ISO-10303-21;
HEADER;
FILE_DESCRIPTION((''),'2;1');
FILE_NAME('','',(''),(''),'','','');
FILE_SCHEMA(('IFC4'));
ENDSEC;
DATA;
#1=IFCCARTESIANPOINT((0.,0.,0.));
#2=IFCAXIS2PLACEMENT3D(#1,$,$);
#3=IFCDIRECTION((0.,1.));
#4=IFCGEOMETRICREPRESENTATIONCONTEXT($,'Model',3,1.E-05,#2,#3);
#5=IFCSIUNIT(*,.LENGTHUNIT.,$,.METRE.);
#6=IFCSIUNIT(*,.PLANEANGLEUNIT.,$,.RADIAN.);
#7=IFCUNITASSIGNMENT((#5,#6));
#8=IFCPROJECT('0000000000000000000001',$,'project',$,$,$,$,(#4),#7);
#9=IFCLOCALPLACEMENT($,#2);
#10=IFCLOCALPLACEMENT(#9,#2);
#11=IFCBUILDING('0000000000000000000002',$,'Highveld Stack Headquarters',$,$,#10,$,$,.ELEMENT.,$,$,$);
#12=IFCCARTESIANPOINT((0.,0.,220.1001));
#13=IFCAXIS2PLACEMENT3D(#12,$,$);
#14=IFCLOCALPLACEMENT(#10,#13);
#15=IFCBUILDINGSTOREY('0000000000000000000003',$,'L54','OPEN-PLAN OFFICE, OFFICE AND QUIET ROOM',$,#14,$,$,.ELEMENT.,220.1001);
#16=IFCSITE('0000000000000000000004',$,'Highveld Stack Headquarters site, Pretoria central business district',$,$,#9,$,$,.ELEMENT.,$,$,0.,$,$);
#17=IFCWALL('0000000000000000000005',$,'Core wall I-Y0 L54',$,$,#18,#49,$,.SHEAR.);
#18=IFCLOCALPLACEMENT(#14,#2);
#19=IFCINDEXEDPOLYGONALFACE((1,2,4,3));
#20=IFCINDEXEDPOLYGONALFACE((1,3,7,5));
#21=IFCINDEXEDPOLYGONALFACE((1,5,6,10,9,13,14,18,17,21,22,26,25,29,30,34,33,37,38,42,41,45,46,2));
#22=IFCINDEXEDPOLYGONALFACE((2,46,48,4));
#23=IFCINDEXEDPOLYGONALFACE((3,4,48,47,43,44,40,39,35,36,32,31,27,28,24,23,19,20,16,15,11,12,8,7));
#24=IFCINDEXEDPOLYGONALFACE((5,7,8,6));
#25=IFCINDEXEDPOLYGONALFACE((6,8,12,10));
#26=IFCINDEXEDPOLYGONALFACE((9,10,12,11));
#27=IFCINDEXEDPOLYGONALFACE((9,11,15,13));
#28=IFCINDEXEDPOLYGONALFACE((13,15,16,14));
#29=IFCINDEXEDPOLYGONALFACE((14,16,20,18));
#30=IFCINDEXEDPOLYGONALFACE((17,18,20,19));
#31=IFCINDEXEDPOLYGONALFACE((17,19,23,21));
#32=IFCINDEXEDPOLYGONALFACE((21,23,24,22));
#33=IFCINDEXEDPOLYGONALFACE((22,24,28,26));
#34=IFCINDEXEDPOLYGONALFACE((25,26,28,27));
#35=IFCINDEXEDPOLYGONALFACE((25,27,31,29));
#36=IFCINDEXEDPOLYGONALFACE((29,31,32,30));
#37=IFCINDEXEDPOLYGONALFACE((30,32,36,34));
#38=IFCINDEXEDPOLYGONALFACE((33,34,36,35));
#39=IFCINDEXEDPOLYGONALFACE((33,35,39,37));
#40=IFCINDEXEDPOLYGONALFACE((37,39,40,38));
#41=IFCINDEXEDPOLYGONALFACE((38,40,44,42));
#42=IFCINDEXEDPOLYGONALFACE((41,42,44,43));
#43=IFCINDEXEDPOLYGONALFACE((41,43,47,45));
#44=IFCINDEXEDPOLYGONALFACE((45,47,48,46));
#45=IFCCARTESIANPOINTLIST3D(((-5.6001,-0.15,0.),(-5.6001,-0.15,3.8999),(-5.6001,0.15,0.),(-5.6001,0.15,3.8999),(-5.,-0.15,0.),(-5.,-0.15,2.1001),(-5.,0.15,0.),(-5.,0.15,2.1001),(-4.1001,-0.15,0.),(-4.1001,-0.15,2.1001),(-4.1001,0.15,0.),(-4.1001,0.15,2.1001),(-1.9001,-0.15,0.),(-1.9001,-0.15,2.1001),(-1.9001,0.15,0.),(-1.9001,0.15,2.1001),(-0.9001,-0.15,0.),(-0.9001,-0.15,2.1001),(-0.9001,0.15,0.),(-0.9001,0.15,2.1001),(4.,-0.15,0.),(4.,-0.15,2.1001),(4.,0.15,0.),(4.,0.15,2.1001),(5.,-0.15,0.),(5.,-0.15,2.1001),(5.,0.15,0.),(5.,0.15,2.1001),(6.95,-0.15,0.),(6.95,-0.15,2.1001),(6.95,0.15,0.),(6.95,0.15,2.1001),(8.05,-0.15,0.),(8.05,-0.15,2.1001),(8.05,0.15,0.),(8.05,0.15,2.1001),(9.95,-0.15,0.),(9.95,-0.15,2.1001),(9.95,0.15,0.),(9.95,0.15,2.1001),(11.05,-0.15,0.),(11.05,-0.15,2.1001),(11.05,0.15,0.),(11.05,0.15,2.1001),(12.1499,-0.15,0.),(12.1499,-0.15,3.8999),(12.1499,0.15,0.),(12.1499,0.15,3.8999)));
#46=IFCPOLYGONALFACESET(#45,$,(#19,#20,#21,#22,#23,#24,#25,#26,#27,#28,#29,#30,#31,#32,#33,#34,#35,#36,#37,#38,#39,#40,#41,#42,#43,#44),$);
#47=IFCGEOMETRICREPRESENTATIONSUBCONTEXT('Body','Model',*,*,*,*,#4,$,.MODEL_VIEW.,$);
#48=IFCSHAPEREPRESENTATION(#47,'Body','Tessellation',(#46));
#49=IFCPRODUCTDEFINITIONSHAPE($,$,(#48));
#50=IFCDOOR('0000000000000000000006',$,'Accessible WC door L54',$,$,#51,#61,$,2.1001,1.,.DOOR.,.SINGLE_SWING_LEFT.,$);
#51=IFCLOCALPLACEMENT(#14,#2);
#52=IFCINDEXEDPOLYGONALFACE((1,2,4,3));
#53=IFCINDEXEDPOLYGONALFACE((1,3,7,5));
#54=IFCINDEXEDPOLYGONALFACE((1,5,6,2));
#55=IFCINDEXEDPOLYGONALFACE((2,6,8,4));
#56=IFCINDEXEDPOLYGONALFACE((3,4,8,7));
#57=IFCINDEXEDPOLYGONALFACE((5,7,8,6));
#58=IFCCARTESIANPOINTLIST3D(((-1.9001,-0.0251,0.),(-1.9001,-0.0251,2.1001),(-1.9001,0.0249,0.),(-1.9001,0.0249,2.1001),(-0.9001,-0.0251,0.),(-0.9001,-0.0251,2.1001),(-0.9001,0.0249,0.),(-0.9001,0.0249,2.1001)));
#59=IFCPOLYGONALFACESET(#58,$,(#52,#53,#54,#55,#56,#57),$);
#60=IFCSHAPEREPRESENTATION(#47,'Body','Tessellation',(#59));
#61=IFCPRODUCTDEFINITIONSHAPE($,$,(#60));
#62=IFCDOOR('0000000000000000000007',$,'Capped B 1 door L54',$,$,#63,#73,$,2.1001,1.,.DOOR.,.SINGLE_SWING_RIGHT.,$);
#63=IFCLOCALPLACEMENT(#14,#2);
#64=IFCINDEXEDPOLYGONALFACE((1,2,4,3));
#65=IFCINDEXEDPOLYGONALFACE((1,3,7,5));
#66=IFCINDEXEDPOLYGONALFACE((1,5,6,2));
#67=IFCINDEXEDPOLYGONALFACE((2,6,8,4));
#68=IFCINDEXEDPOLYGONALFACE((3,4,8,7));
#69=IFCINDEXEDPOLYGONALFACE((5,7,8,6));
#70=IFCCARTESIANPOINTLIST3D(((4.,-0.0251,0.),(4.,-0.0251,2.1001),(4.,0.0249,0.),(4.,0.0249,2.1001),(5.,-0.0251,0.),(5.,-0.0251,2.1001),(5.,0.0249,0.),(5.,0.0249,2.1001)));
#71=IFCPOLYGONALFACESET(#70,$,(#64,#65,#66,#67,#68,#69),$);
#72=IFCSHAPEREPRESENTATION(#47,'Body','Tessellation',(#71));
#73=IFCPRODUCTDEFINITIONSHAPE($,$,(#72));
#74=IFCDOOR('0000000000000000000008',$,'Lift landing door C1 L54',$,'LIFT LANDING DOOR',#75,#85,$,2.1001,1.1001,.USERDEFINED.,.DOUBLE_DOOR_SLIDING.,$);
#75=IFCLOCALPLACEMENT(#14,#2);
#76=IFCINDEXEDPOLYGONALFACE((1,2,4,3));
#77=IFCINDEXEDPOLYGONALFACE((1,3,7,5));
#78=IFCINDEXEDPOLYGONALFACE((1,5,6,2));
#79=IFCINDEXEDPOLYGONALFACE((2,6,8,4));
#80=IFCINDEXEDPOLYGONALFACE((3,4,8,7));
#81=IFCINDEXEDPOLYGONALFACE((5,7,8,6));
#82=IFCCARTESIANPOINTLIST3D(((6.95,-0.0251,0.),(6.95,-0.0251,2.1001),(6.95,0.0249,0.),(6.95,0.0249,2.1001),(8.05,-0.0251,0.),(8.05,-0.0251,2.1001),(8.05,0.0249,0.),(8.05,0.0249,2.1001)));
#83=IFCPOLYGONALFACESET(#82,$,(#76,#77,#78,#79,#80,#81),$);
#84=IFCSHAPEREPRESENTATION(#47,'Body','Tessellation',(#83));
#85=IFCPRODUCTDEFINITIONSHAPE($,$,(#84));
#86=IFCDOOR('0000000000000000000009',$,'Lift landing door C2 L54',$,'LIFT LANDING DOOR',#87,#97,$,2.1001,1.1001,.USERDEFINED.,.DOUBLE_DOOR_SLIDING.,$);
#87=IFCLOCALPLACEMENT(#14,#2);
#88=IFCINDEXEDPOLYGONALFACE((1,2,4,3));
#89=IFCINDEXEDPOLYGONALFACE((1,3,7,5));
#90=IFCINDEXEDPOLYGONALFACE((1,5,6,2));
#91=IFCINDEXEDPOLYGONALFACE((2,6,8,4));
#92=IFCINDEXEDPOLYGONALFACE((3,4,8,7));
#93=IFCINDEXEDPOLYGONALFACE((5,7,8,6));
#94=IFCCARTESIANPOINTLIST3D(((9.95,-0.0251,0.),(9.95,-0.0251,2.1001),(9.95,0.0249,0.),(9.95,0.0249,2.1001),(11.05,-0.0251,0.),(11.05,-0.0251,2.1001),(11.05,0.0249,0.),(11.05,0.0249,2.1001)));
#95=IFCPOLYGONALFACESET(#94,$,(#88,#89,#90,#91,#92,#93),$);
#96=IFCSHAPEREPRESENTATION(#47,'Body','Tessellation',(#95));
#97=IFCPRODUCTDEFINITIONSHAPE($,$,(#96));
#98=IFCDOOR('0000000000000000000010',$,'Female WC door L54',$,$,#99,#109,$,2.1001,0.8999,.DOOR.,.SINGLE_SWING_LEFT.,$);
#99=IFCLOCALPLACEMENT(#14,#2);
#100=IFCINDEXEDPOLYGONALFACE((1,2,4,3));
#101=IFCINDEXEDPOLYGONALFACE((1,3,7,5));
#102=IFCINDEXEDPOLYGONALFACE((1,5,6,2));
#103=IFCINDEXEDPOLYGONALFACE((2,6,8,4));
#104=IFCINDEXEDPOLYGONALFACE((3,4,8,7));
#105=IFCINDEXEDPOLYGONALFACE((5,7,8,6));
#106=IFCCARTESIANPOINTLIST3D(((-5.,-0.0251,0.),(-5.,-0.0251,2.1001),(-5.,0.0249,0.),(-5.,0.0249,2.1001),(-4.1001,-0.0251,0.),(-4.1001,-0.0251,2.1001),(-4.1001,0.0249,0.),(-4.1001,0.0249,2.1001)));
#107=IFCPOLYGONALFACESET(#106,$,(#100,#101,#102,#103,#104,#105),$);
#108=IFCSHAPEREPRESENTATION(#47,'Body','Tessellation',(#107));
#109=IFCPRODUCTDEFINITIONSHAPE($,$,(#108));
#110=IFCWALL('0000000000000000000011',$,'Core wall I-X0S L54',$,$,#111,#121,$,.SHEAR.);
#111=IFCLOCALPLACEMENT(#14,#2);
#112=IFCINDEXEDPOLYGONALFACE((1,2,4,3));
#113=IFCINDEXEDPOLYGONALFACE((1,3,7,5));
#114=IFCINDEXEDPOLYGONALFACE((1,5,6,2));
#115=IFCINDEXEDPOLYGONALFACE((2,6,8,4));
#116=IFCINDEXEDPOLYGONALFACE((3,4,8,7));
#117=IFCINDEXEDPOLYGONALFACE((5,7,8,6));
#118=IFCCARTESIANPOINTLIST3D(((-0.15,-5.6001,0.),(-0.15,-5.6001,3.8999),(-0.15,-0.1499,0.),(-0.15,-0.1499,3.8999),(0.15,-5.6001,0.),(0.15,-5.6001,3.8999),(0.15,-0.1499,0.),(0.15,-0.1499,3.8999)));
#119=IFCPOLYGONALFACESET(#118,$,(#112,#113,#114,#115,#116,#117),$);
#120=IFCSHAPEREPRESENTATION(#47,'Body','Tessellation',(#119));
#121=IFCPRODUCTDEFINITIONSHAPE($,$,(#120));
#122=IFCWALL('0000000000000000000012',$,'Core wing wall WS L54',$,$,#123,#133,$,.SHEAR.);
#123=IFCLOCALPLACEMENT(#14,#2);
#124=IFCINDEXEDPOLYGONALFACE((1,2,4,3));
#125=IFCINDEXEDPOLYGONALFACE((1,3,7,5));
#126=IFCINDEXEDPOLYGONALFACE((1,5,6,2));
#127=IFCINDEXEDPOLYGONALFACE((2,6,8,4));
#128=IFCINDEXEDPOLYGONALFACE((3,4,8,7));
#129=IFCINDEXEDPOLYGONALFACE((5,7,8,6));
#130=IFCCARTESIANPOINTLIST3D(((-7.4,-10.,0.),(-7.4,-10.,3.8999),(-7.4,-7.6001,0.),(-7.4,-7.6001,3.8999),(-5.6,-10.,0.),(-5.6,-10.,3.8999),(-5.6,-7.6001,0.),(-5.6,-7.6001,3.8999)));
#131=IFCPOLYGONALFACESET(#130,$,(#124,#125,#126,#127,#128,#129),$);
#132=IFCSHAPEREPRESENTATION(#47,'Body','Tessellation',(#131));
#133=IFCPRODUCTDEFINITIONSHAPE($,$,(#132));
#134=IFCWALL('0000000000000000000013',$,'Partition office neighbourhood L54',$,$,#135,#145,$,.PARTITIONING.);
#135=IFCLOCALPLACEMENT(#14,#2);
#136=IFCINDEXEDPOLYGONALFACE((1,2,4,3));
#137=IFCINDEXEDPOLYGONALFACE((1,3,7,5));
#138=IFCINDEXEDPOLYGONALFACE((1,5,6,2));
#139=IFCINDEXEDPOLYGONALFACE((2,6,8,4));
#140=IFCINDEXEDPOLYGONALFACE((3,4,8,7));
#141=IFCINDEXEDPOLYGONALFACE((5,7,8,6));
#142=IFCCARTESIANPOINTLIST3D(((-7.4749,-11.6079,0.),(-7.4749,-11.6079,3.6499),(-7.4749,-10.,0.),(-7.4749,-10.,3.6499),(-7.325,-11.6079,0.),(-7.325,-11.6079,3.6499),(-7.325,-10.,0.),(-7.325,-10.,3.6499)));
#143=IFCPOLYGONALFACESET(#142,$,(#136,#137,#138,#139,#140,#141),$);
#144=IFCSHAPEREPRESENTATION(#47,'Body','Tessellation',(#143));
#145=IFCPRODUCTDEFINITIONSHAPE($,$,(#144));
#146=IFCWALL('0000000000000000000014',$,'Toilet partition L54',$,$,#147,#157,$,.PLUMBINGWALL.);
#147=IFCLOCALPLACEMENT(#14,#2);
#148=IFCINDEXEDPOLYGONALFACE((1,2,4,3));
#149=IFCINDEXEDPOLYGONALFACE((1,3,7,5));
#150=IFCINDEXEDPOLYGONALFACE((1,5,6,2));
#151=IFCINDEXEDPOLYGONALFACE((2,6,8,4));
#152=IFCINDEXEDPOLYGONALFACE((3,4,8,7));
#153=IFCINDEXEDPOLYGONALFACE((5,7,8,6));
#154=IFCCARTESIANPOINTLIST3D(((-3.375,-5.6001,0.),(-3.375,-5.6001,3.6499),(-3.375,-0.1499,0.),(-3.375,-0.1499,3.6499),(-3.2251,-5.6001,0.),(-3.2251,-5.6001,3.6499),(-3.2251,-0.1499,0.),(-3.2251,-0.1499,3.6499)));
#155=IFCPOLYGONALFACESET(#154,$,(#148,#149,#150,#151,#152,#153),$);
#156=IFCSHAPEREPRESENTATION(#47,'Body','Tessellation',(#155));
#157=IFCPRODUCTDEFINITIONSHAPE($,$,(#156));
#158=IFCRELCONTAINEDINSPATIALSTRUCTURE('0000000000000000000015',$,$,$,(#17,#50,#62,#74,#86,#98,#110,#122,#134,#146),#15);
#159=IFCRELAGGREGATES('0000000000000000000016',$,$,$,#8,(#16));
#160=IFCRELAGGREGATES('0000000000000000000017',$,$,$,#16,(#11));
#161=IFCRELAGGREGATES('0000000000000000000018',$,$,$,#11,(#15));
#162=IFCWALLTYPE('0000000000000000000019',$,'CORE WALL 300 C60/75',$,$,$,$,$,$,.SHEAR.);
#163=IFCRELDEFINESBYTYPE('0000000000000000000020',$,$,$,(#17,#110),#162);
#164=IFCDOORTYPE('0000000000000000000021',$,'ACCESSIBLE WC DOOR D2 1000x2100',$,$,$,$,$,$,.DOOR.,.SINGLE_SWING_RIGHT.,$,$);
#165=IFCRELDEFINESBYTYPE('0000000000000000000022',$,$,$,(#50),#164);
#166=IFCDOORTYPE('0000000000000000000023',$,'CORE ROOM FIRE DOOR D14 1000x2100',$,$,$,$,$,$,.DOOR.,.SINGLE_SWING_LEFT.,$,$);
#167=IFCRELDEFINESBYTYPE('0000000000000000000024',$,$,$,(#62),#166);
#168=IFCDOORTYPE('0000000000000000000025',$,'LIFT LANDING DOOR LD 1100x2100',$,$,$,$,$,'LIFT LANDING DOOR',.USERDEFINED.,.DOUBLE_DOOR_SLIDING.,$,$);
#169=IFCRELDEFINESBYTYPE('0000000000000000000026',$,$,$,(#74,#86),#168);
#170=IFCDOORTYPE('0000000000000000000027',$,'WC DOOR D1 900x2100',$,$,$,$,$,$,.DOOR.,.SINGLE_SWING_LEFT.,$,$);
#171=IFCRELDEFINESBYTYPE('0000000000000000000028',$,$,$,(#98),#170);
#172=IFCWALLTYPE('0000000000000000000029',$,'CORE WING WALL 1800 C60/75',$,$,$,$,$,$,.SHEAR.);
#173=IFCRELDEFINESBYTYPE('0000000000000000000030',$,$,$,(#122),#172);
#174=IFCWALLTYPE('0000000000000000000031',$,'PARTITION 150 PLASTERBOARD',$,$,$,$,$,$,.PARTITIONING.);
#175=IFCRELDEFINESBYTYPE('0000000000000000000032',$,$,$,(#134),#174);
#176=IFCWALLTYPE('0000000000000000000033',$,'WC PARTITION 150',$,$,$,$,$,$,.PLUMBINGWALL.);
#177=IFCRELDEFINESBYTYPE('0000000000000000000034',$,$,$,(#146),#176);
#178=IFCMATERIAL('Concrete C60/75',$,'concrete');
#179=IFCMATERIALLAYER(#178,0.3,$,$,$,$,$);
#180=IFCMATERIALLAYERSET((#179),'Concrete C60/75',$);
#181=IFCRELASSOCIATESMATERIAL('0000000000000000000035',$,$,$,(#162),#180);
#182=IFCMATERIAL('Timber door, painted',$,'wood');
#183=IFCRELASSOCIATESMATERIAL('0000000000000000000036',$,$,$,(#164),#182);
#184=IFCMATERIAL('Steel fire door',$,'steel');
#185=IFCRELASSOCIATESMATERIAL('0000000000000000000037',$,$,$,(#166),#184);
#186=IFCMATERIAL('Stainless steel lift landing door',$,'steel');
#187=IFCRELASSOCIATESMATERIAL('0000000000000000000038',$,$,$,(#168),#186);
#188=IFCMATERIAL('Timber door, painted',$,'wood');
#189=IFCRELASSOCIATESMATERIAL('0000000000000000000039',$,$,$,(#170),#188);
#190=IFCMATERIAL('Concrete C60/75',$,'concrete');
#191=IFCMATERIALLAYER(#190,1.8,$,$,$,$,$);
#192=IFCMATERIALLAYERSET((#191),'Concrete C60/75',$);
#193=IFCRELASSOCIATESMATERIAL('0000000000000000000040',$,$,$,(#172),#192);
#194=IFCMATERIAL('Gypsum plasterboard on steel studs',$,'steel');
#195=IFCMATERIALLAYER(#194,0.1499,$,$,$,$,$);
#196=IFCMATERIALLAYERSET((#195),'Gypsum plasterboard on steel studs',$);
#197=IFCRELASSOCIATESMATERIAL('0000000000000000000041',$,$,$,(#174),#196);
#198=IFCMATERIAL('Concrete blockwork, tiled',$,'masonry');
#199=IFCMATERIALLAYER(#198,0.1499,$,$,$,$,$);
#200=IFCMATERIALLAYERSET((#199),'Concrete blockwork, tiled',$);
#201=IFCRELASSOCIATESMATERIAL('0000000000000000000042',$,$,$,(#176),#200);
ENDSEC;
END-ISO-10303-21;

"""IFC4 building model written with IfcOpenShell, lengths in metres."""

from ifc_helpers import new_model, si_unit, direction, frame, frame_2d, origin, place, context, subcontext, project, spatial, rectangle, extrude, material, layer, layer_set, type_object, element, fill, save


model = new_model("IFC4")

# Units and contexts
model_context = context("Model", 3, precision=1e-05, world=origin(), true_north=direction((0.0, 1.0)))
body_context = subcontext(model_context, "Body", "Model", "MODEL_VIEW")
ifc_project = project(units=[si_unit("LENGTHUNIT", "METRE"), si_unit("PLANEANGLEUNIT", "RADIAN")], contexts=[model_context])

# Site, building, storey
site_placement = place(None, origin())
site = spatial("IfcSite", under=ifc_project, at=site_placement, Name="Highveld Stack Headquarters site, Pretoria central business district", CompositionType="ELEMENT", RefElevation=0.0)
building_placement = place(site_placement, origin())
building = spatial("IfcBuilding", under=site, at=building_placement, Name="Highveld Stack Headquarters", CompositionType="ELEMENT")
storey_placement = place(building_placement, frame((0.0, 0.0, 220.1001)))
storey = spatial("IfcBuildingStorey", under=building, at=storey_placement, Name="L54", Description="OPEN-PLAN OFFICE, OFFICE AND QUIET ROOM", CompositionType="ELEMENT", Elevation=220.1001)

# Wall, openings, doors
ifc_material_1 = material(Name="Concrete C60/75", Category="concrete")
ifc_layer_1 = layer(ifc_material_1, 0.3)
ifc_layer_set_1 = layer_set([ifc_layer_1], Name="Concrete C60/75")
wall_type_1 = type_object("IfcWallType", Name="CORE WALL 300 C60/75", PredefinedType="SHEAR", material=ifc_layer_set_1)
wall_1_placement = place(storey_placement, frame((-5.6001, 0.0, 0.0), z_axis=(0.0, 0.0, 1.0), x_axis=(1.0, 0.0, 0.0)))
wall_1 = element("IfcWall", 1, at=wall_1_placement, inside=storey, type_object=wall_type_1, Name="Core wall I-Y0 L54", PredefinedType="SHEAR", context=body_context, shape_type="SweptSolid", body=[
    extrude(rectangle(XDim=17.75, YDim=0.3, at=frame_2d((8.875, 0.0))), origin(), (0.0, 0.0, 1.0), 3.8999),
])
opening_1_placement = place(wall_1_placement, frame((0.6001, 0.0, 0.0)))
opening_1 = element("IfcOpeningElement", 2, at=opening_1_placement, cuts=wall_1, PredefinedType="OPENING", context=body_context, shape_type="SweptSolid", body=[
    extrude(rectangle(XDim=0.8999, YDim=2.1001, at=frame_2d((0.45, 1.05))), frame((0.0, 0.1599, 0.0), z_axis=(0.0, -1.0, 0.0), x_axis=(1.0, 0.0, 0.0)), (0.0, 0.0, 1.0), 0.3201),
])
opening_2_placement = place(wall_1_placement, frame((3.7, 0.0, 0.0)))
opening_2 = element("IfcOpeningElement", 3, at=opening_2_placement, cuts=wall_1, PredefinedType="OPENING", context=body_context, shape_type="SweptSolid", body=[
    extrude(rectangle(XDim=1.0, YDim=2.1001, at=frame_2d((0.5, 1.05))), frame((0.0, 0.1599, 0.0), z_axis=(0.0, -1.0, 0.0), x_axis=(1.0, 0.0, 0.0)), (0.0, 0.0, 1.0), 0.3201),
])
opening_3_placement = place(wall_1_placement, frame((9.6001, 0.0, 0.0)))
opening_3 = element("IfcOpeningElement", 4, at=opening_3_placement, cuts=wall_1, PredefinedType="OPENING", context=body_context, shape_type="SweptSolid", body=[
    extrude(rectangle(XDim=1.0, YDim=2.1001, at=frame_2d((0.5, 1.05))), frame((0.0, 0.1599, 0.0), z_axis=(0.0, -1.0, 0.0), x_axis=(1.0, 0.0, 0.0)), (0.0, 0.0, 1.0), 0.3201),
])
opening_4_placement = place(wall_1_placement, frame((12.55, 0.0, 0.0)))
opening_4 = element("IfcOpeningElement", 5, at=opening_4_placement, cuts=wall_1, PredefinedType="OPENING", context=body_context, shape_type="SweptSolid", body=[
    extrude(rectangle(XDim=1.1001, YDim=2.1001, at=frame_2d((0.55, 1.05))), frame((0.0, 0.1599, 0.0), z_axis=(0.0, -1.0, 0.0), x_axis=(1.0, 0.0, 0.0)), (0.0, 0.0, 1.0), 0.3201),
])
opening_5_placement = place(wall_1_placement, frame((15.55, 0.0, 0.0)))
opening_5 = element("IfcOpeningElement", 6, at=opening_5_placement, cuts=wall_1, PredefinedType="OPENING", context=body_context, shape_type="SweptSolid", body=[
    extrude(rectangle(XDim=1.1001, YDim=2.1001, at=frame_2d((0.55, 1.05))), frame((0.0, 0.1599, 0.0), z_axis=(0.0, -1.0, 0.0), x_axis=(1.0, 0.0, 0.0)), (0.0, 0.0, 1.0), 0.3201),
])
ifc_material_2 = material(Name="Timber door, painted", Category="wood")
door_type_1 = type_object("IfcDoorType", Name="ACCESSIBLE WC DOOR D2 1000x2100", OperationType="SINGLE_SWING_RIGHT", PredefinedType="DOOR", material=ifc_material_2)
door_1_placement = place(opening_2_placement, origin())
door_1 = element("IfcDoor", 7, at=door_1_placement, inside=storey, type_object=door_type_1, Name="Accessible WC door L54", OperationType="SINGLE_SWING_LEFT", OverallHeight=2.1001, OverallWidth=1.0, PredefinedType="DOOR", context=body_context, shape_type="SweptSolid", body=[
    extrude(rectangle(XDim=1.0, YDim=2.1001, at=frame_2d((0.5, 1.05))), frame((0.0, 0.0249, 0.0), z_axis=(0.0, -1.0, 0.0), x_axis=(1.0, 0.0, 0.0)), (0.0, 0.0, 1.0), 0.05),
])
fill(opening_2, door_1)
ifc_material_3 = material(Name="Steel fire door", Category="steel")
door_type_2 = type_object("IfcDoorType", Name="CORE ROOM FIRE DOOR D14 1000x2100", OperationType="SINGLE_SWING_LEFT", PredefinedType="DOOR", material=ifc_material_3)
door_2_placement = place(opening_3_placement, origin())
door_2 = element("IfcDoor", 8, at=door_2_placement, inside=storey, type_object=door_type_2, Name="Capped B 1 door L54", OperationType="SINGLE_SWING_RIGHT", OverallHeight=2.1001, OverallWidth=1.0, PredefinedType="DOOR", context=body_context, shape_type="SweptSolid", body=[
    extrude(rectangle(XDim=1.0, YDim=2.1001, at=frame_2d((0.5, 1.05))), frame((0.0, 0.0249, 0.0), z_axis=(0.0, -1.0, 0.0), x_axis=(1.0, 0.0, 0.0)), (0.0, 0.0, 1.0), 0.05),
])
fill(opening_3, door_2)
ifc_material_4 = material(Name="Stainless steel lift landing door", Category="steel")
door_type_3 = type_object("IfcDoorType", Name="LIFT LANDING DOOR LD 1100x2100", ElementType="LIFT LANDING DOOR", OperationType="DOUBLE_DOOR_SLIDING", PredefinedType="USERDEFINED", material=ifc_material_4)
door_3_placement = place(opening_4_placement, origin())
door_3 = element("IfcDoor", 9, at=door_3_placement, inside=storey, type_object=door_type_3, Name="Lift landing door C1 L54", ObjectType="LIFT LANDING DOOR", OperationType="DOUBLE_DOOR_SLIDING", OverallHeight=2.1001, OverallWidth=1.1001, PredefinedType="USERDEFINED", context=body_context, shape_type="SweptSolid", body=[
    extrude(rectangle(XDim=1.1001, YDim=2.1001, at=frame_2d((0.55, 1.05))), frame((0.0, 0.0249, 0.0), z_axis=(0.0, -1.0, 0.0), x_axis=(1.0, 0.0, 0.0)), (0.0, 0.0, 1.0), 0.05),
])
fill(opening_4, door_3)
door_4_placement = place(opening_5_placement, origin())
door_4 = element("IfcDoor", 10, at=door_4_placement, inside=storey, type_object=door_type_3, Name="Lift landing door C2 L54", ObjectType="LIFT LANDING DOOR", OperationType="DOUBLE_DOOR_SLIDING", OverallHeight=2.1001, OverallWidth=1.1001, PredefinedType="USERDEFINED", context=body_context, shape_type="SweptSolid", body=[
    extrude(rectangle(XDim=1.1001, YDim=2.1001, at=frame_2d((0.55, 1.05))), frame((0.0, 0.0249, 0.0), z_axis=(0.0, -1.0, 0.0), x_axis=(1.0, 0.0, 0.0)), (0.0, 0.0, 1.0), 0.05),
])
fill(opening_5, door_4)
ifc_material_5 = material(Name="Timber door, painted", Category="wood")
door_type_4 = type_object("IfcDoorType", Name="WC DOOR D1 900x2100", OperationType="SINGLE_SWING_LEFT", PredefinedType="DOOR", material=ifc_material_5)
door_5_placement = place(opening_1_placement, origin())
door_5 = element("IfcDoor", 11, at=door_5_placement, inside=storey, type_object=door_type_4, Name="Female WC door L54", OperationType="SINGLE_SWING_LEFT", OverallHeight=2.1001, OverallWidth=0.8999, PredefinedType="DOOR", context=body_context, shape_type="SweptSolid", body=[
    extrude(rectangle(XDim=0.8999, YDim=2.1001, at=frame_2d((0.45, 1.05))), frame((0.0, 0.0249, 0.0), z_axis=(0.0, -1.0, 0.0), x_axis=(1.0, 0.0, 0.0)), (0.0, 0.0, 1.0), 0.05),
])
fill(opening_1, door_5)

# Walls
wall_2_placement = place(storey_placement, frame((0.0, -5.6001, 0.0), z_axis=(0.0, 0.0, 1.0), x_axis=(0.0, 1.0, 0.0)))
element("IfcWall", 12, at=wall_2_placement, inside=storey, type_object=wall_type_1, Name="Core wall I-X0S L54", PredefinedType="SHEAR", context=body_context, shape_type="SweptSolid", body=[
    extrude(rectangle(XDim=5.4502, YDim=0.3, at=frame_2d((2.7251, 0.0))), origin(), (0.0, 0.0, 1.0), 3.8999),
])
ifc_material_6 = material(Name="Concrete C60/75", Category="concrete")
ifc_layer_2 = layer(ifc_material_6, 1.8)
ifc_layer_set_2 = layer_set([ifc_layer_2], Name="Concrete C60/75")
wall_type_2 = type_object("IfcWallType", Name="CORE WING WALL 1800 C60/75", PredefinedType="SHEAR", material=ifc_layer_set_2)
wall_3_placement = place(storey_placement, frame((-6.5, -10.0, 0.0), z_axis=(0.0, 0.0, 1.0), x_axis=(0.0, 1.0, 0.0)))
element("IfcWall", 13, at=wall_3_placement, inside=storey, type_object=wall_type_2, Name="Core wing wall WS L54", PredefinedType="SHEAR", context=body_context, shape_type="SweptSolid", body=[
    extrude(rectangle(XDim=2.3999, YDim=1.8, at=frame_2d((1.2, 0.0))), origin(), (0.0, 0.0, 1.0), 3.8999),
])
ifc_material_7 = material(Name="Gypsum plasterboard on steel studs", Category="steel")
ifc_layer_3 = layer(ifc_material_7, 0.1499)
ifc_layer_set_3 = layer_set([ifc_layer_3], Name="Gypsum plasterboard on steel studs")
wall_type_3 = type_object("IfcWallType", Name="PARTITION 150 PLASTERBOARD", PredefinedType="PARTITIONING", material=ifc_layer_set_3)
wall_4_placement = place(storey_placement, frame((-7.3999, -11.6079, 0.0), z_axis=(0.0, 0.0, 1.0), x_axis=(0.0, 1.0, 0.0)))
element("IfcWall", 14, at=wall_4_placement, inside=storey, type_object=wall_type_3, Name="Partition office neighbourhood L54", PredefinedType="PARTITIONING", context=body_context, shape_type="SweptSolid", body=[
    extrude(rectangle(XDim=1.6079, YDim=0.1499, at=frame_2d((0.804, 0.0))), origin(), (0.0, 0.0, 1.0), 3.6499),
])
ifc_material_8 = material(Name="Concrete blockwork, tiled", Category="masonry")
ifc_layer_4 = layer(ifc_material_8, 0.1499)
ifc_layer_set_4 = layer_set([ifc_layer_4], Name="Concrete blockwork, tiled")
wall_type_4 = type_object("IfcWallType", Name="WC PARTITION 150", PredefinedType="PLUMBINGWALL", material=ifc_layer_set_4)
wall_5_placement = place(storey_placement, frame((-3.3, -5.6001, 0.0), z_axis=(0.0, 0.0, 1.0), x_axis=(0.0, 1.0, 0.0)))
element("IfcWall", 15, at=wall_5_placement, inside=storey, type_object=wall_type_4, Name="Toilet partition L54", PredefinedType="PLUMBINGWALL", context=body_context, shape_type="SweptSolid", body=[
    extrude(rectangle(XDim=5.4502, YDim=0.1499, at=frame_2d((2.7251, 0.0))), origin(), (0.0, 0.0, 1.0), 3.6499),
])

save(model, "model.ifc")
